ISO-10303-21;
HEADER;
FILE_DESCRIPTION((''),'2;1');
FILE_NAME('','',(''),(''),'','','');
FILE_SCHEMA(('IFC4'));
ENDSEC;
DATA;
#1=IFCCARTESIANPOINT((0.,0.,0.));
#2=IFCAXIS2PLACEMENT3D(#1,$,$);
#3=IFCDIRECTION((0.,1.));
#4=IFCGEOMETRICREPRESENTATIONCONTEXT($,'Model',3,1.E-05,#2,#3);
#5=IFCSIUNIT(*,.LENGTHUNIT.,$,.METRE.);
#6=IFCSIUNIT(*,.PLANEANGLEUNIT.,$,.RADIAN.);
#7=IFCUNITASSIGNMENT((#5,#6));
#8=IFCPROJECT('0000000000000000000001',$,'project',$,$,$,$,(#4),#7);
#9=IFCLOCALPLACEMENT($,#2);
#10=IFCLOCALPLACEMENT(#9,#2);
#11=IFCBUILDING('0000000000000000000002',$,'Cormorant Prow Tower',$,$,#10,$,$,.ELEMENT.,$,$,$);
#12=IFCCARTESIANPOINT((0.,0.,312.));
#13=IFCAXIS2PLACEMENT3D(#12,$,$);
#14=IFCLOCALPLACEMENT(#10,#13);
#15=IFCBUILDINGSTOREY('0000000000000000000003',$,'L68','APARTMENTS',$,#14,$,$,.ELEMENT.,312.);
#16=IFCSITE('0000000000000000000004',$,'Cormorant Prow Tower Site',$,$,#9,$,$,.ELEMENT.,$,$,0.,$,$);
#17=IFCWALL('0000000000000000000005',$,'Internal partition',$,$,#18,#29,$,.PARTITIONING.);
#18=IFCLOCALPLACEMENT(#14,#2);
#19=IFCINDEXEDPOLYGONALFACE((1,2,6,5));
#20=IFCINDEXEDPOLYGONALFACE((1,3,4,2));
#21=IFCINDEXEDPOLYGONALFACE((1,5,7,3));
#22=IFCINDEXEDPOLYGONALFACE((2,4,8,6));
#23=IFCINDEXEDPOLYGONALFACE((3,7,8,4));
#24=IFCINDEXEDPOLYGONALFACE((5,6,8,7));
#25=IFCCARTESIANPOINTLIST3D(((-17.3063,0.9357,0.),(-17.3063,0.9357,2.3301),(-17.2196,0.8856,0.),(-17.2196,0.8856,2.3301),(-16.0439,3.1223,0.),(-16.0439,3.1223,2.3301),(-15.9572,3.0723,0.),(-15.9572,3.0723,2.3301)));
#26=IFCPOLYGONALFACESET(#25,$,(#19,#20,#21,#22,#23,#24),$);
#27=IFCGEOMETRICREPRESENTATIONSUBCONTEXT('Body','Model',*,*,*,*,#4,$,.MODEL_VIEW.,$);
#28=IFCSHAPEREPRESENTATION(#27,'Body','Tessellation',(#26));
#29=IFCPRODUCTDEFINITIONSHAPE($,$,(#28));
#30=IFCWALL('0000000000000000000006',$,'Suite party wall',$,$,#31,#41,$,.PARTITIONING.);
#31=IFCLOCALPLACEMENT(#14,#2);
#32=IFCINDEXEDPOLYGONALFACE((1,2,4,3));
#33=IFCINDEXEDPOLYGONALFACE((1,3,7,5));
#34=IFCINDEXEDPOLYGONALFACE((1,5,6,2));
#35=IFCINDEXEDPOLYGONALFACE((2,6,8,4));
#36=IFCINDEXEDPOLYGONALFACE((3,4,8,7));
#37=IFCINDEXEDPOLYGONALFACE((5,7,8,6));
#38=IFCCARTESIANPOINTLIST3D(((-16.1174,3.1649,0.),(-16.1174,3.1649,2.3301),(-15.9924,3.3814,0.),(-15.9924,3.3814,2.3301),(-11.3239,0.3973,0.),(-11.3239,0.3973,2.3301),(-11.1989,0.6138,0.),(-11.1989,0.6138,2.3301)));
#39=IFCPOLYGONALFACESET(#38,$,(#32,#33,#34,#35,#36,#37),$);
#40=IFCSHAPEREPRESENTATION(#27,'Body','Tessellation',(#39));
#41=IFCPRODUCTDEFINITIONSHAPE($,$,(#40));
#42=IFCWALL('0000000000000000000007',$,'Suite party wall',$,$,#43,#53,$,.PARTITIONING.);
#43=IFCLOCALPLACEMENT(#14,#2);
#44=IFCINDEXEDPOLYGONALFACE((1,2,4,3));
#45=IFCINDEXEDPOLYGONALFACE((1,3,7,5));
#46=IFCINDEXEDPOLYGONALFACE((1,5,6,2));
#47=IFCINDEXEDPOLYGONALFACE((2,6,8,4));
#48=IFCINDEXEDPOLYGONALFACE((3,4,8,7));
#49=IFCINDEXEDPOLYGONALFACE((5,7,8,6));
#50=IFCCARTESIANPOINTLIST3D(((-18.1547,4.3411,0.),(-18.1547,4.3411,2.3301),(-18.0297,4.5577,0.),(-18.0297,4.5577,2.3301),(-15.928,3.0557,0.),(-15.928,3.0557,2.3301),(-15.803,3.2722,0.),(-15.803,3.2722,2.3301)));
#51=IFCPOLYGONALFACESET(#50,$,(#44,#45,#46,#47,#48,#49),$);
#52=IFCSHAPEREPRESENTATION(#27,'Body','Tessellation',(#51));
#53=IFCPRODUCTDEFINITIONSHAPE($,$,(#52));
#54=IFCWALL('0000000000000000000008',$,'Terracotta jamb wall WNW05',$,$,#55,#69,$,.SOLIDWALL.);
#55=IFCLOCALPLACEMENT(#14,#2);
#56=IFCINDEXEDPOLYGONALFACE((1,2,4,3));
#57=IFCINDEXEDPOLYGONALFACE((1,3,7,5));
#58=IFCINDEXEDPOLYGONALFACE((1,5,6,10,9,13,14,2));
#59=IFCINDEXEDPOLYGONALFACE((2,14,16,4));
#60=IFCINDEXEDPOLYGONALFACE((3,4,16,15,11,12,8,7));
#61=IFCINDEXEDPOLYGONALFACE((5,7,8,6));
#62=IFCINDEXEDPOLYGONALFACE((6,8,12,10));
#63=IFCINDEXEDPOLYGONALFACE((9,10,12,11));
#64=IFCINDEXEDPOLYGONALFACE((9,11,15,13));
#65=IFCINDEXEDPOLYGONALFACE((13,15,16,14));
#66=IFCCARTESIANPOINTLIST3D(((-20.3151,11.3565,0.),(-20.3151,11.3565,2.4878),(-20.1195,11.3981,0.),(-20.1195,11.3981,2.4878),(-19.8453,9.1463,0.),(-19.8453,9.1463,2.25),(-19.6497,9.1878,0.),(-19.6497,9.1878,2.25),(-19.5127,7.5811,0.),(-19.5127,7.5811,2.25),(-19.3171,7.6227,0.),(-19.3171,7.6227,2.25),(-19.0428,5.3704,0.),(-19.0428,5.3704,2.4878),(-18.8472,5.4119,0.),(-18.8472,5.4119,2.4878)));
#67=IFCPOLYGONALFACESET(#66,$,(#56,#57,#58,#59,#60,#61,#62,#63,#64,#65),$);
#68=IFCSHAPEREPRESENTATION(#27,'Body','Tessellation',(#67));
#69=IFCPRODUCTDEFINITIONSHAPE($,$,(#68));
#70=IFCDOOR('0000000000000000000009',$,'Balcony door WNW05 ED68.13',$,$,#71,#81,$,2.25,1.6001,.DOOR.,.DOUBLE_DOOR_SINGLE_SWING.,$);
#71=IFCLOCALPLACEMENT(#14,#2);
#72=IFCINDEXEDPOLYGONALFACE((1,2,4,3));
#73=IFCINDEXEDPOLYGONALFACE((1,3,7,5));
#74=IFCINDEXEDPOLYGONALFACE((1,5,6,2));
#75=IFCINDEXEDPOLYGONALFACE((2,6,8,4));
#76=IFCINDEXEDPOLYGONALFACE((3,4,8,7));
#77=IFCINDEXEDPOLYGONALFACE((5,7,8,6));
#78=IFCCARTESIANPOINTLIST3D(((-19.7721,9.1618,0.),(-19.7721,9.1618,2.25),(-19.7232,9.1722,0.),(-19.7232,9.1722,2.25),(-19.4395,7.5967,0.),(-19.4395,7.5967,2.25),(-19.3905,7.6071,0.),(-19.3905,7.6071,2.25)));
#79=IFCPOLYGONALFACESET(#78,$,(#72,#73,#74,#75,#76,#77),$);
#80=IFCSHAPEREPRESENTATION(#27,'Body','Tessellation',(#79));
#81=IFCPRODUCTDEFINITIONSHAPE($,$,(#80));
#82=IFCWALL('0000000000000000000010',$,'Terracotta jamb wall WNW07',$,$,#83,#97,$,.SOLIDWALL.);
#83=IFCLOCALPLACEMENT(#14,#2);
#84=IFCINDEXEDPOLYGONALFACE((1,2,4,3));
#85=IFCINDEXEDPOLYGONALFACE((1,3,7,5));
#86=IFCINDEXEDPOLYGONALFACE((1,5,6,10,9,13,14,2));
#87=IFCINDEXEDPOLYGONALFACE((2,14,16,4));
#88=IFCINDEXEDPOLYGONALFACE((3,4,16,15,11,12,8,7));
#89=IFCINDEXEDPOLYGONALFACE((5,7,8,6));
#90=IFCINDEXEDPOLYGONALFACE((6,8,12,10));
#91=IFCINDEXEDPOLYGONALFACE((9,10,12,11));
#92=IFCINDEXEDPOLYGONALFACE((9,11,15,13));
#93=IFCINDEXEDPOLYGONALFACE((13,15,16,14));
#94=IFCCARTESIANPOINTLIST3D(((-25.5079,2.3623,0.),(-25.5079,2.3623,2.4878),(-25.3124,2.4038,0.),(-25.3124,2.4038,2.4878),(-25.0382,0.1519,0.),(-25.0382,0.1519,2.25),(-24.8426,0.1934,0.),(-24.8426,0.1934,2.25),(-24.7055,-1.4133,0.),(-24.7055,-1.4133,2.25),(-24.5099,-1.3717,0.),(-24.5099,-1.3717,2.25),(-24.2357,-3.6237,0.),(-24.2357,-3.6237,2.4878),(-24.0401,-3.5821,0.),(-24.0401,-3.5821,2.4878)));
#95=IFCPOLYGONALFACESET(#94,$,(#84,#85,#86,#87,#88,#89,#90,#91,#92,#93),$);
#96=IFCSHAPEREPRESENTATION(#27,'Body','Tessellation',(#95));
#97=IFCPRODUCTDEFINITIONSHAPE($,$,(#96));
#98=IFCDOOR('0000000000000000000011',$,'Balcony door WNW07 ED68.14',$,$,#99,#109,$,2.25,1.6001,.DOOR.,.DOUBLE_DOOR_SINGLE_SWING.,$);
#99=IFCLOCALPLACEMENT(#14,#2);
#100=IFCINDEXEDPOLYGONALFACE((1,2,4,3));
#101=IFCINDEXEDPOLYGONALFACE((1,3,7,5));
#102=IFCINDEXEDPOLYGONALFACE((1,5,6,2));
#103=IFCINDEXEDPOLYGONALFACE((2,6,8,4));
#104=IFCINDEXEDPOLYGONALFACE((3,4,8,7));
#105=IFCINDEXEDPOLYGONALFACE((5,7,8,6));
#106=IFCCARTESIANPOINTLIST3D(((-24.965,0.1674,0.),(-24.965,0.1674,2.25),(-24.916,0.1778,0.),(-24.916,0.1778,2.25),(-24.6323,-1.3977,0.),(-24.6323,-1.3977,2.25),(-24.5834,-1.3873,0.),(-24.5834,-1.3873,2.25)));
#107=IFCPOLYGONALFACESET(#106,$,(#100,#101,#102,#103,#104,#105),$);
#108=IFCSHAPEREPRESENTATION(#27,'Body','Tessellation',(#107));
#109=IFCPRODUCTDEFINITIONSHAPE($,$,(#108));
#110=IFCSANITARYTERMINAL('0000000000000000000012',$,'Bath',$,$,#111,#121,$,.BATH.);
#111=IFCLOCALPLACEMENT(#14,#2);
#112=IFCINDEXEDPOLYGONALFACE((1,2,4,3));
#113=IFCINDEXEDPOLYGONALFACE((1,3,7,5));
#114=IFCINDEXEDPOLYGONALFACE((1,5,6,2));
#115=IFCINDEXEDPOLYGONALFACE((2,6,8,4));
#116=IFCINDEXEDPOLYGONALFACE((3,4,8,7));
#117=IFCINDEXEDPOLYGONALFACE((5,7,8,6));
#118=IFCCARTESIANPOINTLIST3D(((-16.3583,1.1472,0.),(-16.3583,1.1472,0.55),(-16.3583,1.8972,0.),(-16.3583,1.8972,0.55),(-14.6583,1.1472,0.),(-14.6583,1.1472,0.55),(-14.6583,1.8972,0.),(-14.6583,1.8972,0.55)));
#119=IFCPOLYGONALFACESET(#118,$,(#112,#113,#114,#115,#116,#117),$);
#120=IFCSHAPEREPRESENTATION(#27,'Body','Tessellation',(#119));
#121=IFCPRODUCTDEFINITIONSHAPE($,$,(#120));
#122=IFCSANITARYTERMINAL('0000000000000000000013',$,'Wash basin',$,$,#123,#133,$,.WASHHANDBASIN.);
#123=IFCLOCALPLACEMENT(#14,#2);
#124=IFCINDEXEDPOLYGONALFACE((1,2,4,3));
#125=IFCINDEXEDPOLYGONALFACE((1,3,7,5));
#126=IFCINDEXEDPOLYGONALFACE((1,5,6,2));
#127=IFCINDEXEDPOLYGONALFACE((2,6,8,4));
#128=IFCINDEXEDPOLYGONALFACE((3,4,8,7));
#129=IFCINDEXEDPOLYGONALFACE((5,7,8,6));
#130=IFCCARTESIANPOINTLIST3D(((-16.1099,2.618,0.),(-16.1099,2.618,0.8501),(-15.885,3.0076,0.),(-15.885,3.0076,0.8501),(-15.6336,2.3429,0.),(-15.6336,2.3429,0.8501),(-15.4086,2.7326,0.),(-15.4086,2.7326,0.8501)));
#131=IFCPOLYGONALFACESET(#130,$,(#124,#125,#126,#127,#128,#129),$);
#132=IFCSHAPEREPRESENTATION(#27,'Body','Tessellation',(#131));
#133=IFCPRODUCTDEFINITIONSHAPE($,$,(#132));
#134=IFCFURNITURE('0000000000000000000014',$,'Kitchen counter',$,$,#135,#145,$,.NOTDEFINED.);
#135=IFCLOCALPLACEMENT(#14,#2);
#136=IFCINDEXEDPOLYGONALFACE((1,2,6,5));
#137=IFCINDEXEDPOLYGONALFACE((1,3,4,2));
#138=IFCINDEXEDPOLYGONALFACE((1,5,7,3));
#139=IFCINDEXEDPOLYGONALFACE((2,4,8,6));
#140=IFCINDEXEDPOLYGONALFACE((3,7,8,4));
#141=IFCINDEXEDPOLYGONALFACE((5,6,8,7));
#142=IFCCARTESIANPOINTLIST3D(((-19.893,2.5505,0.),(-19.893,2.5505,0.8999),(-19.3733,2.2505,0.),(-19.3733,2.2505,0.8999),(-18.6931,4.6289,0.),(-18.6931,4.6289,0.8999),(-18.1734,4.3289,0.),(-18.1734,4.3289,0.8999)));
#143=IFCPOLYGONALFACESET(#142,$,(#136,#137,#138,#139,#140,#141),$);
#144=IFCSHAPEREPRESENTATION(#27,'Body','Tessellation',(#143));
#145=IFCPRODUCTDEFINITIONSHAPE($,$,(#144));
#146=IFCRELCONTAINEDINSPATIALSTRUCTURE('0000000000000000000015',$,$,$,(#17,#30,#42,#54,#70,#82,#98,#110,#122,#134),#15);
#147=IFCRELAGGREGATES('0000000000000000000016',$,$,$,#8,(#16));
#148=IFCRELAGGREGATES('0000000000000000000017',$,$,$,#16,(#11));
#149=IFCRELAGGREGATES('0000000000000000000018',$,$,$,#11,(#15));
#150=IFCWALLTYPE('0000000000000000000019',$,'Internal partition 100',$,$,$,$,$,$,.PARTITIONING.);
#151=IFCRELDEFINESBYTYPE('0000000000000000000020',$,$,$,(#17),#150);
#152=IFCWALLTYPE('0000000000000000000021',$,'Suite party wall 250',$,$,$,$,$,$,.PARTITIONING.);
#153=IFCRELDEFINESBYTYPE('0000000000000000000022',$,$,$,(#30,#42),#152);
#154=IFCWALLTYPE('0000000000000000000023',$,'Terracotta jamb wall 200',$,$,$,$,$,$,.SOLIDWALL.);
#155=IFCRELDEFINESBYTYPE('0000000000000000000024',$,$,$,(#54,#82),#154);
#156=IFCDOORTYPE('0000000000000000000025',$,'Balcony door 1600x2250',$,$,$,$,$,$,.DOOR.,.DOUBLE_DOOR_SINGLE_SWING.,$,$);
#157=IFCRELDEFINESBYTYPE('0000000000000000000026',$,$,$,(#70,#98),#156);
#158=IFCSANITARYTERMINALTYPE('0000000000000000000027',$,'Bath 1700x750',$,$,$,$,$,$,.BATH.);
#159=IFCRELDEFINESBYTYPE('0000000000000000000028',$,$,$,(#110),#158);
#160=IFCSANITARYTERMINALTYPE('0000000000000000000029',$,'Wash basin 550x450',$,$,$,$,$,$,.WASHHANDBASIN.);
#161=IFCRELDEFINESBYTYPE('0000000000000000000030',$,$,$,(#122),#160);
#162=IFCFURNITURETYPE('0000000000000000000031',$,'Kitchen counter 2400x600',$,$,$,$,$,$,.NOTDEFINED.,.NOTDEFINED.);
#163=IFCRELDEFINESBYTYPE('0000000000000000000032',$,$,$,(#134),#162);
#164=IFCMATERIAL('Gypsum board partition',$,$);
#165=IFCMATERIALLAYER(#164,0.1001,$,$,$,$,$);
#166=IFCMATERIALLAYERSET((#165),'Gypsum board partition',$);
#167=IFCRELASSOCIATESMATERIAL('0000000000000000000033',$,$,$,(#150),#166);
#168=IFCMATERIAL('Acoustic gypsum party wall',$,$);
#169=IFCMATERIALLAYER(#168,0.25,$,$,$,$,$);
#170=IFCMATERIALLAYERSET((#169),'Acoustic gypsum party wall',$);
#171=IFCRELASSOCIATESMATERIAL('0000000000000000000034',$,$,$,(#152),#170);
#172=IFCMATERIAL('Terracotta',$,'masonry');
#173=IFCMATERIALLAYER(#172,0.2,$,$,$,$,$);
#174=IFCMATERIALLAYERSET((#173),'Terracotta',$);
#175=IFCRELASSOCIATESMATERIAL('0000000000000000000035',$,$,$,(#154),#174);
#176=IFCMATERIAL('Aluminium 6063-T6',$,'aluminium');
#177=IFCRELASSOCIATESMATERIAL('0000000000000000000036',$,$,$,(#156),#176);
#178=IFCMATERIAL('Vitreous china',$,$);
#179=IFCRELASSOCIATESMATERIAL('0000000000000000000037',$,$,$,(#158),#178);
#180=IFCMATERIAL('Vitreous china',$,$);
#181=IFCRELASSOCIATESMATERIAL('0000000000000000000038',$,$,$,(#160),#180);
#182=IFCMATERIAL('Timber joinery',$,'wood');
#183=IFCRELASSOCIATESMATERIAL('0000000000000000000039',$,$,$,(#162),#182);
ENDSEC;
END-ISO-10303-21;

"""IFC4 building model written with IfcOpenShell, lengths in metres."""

from ifc_helpers import new_model, si_unit, direction, frame, frame_2d, origin, origin_2d, place, context, subcontext, project, spatial, rectangle, extrude, material, layer, layer_set, type_object, element, fill, save


model = new_model("IFC4")

# Units and contexts
model_context = context("Model", 3, precision=1e-05, world=origin(), true_north=direction((0.0, 1.0)))
body_context = subcontext(model_context, "Body", "Model", "MODEL_VIEW")
ifc_project = project(units=[si_unit("LENGTHUNIT", "METRE"), si_unit("PLANEANGLEUNIT", "RADIAN")], contexts=[model_context])

# Site, building, storey
site_placement = place(None, origin())
site = spatial("IfcSite", under=ifc_project, at=site_placement, Name="Cormorant Prow Tower Site", CompositionType="ELEMENT", RefElevation=0.0)
building_placement = place(site_placement, origin())
building = spatial("IfcBuilding", under=site, at=building_placement, Name="Cormorant Prow Tower", CompositionType="ELEMENT")
storey_placement = place(building_placement, frame((0.0, 0.0, 312.0)))
storey = spatial("IfcBuildingStorey", under=building, at=storey_placement, Name="L68", Description="APARTMENTS", CompositionType="ELEMENT", Elevation=312.0)

# Shared definitions
ifc_material_1 = material(Name="Gypsum board partition")
ifc_layer_1 = layer(ifc_material_1, 0.1001)
ifc_layer_set_1 = layer_set([ifc_layer_1], Name="Gypsum board partition")
wall_type_1 = type_object("IfcWallType", Name="Internal partition 100", PredefinedType="PARTITIONING", material=ifc_layer_set_1)

# Walls
for number, where, z_axis, x_axis, name in (
    (1, (-17.2629, 0.9106, 0.0), (0.0, 0.0, 1.0), (0.499976, 0.866039, 0.0), "Internal partition"),
):
    element("IfcWall", number, at=place(storey_placement, frame(where, z_axis=z_axis, x_axis=x_axis)), inside=storey, type_object=wall_type_1, Name=name, PredefinedType="PARTITIONING", context=body_context, shape_type="SweptSolid", body=[
        extrude(rectangle(XDim=2.5249, YDim=0.1001, at=frame_2d((1.2625, 0.0))), origin(), (0.0, 0.0, 1.0), 2.3301),
    ])
ifc_material_2 = material(Name="Acoustic gypsum party wall")
ifc_layer_2 = layer(ifc_material_2, 0.25)
ifc_layer_set_2 = layer_set([ifc_layer_2], Name="Acoustic gypsum party wall")
wall_type_2 = type_object("IfcWallType", Name="Suite party wall 250", PredefinedType="PARTITIONING", material=ifc_layer_set_2)
wall_1_placement = place(storey_placement, frame((-16.0549, 3.2732, 0.0), z_axis=(0.0, 0.0, 1.0), x_axis=(0.86602, -0.50001, 0.0)))
element("IfcWall", 2, at=wall_1_placement, inside=storey, type_object=wall_type_2, Name="Suite party wall", PredefinedType="PARTITIONING", context=body_context, shape_type="SweptSolid", body=[
    extrude(rectangle(XDim=5.5352, YDim=0.25, at=frame_2d((2.7676, 0.0))), origin(), (0.0, 0.0, 1.0), 2.3301),
])
wall_2_placement = place(storey_placement, frame((-18.0923, 4.4495, 0.0), z_axis=(0.0, 0.0, 1.0), x_axis=(0.866043, -0.499969, 0.0)))
element("IfcWall", 3, at=wall_2_placement, inside=storey, type_object=wall_type_2, Name="Suite party wall", PredefinedType="PARTITIONING", context=body_context, shape_type="SweptSolid", body=[
    extrude(rectangle(XDim=2.571, YDim=0.25, at=frame_2d((1.2856, 0.0))), origin(), (0.0, 0.0, 1.0), 2.3301),
])

# Walls, openings, doors
ifc_material_3 = material(Name="Terracotta", Category="masonry")
ifc_layer_3 = layer(ifc_material_3, 0.2)
ifc_layer_set_3 = layer_set([ifc_layer_3], Name="Terracotta")
wall_type_3 = type_object("IfcWallType", Name="Terracotta jamb wall 200", PredefinedType="SOLIDWALL", material=ifc_layer_set_3)
wall_3_placement = place(storey_placement, frame((-20.2173, 11.3774, 0.0), z_axis=(0.0, 0.0, 1.0), x_axis=(0.207886, -0.978153, 0.0)))
wall_3 = element("IfcWall", 4, at=wall_3_placement, inside=storey, type_object=wall_type_3, Name="Terracotta jamb wall WNW05", PredefinedType="SOLIDWALL", context=body_context, shape_type="SweptSolid", body=[
    extrude(rectangle(XDim=6.1199, YDim=0.2, at=frame_2d((3.0601, 0.0))), origin(), (0.0, 0.0, 1.0), 2.4878),
])
opening_1_placement = place(wall_3_placement, frame((2.2598, 0.0, 0.0)))
opening_1 = element("IfcOpeningElement", 5, at=opening_1_placement, cuts=wall_3, PredefinedType="OPENING", context=body_context, shape_type="SweptSolid", body=[
    extrude(rectangle(XDim=1.6001, YDim=2.25, at=frame_2d((0.8, 1.125))), frame((0.0, 0.1099, 0.0), z_axis=(0.0, -1.0, 0.0), x_axis=(1.0, 0.0, 0.0)), (0.0, 0.0, 1.0), 0.22),
])
ifc_material_4 = material(Name="Aluminium 6063-T6", Category="aluminium")
door_type_1 = type_object("IfcDoorType", Name="Balcony door 1600x2250", OperationType="DOUBLE_DOOR_SINGLE_SWING", PredefinedType="DOOR", material=ifc_material_4)
door_1_placement = place(opening_1_placement, origin())
door_1 = element("IfcDoor", 6, at=door_1_placement, inside=storey, type_object=door_type_1, Name="Balcony door WNW05 ED68.13", OperationType="DOUBLE_DOOR_SINGLE_SWING", OverallHeight=2.25, OverallWidth=1.6001, PredefinedType="DOOR", context=body_context, shape_type="SweptSolid", body=[
    extrude(rectangle(XDim=1.6001, YDim=2.25, at=frame_2d((0.8, 1.125))), frame((0.0, 0.0249, 0.0), z_axis=(0.0, -1.0, 0.0), x_axis=(1.0, 0.0, 0.0)), (0.0, 0.0, 1.0), 0.05),
])
fill(opening_1, door_1)
wall_4_placement = place(storey_placement, frame((-25.4102, 2.3831, 0.0), z_axis=(0.0, 0.0, 1.0), x_axis=(0.207894, -0.978151, 0.0)))
wall_4 = element("IfcWall", 7, at=wall_4_placement, inside=storey, type_object=wall_type_3, Name="Terracotta jamb wall WNW07", PredefinedType="SOLIDWALL", context=body_context, shape_type="SweptSolid", body=[
    extrude(rectangle(XDim=6.1196, YDim=0.2, at=frame_2d((3.0598, 0.0))), origin(), (0.0, 0.0, 1.0), 2.4878),
])
opening_2_placement = place(wall_4_placement, frame((2.2598, 0.0, 0.0)))
opening_2 = element("IfcOpeningElement", 8, at=opening_2_placement, cuts=wall_4, PredefinedType="OPENING", context=body_context, shape_type="SweptSolid", body=[
    extrude(rectangle(XDim=1.6001, YDim=2.25, at=frame_2d((0.8, 1.125))), frame((0.0, 0.1099, 0.0), z_axis=(0.0, -1.0, 0.0), x_axis=(1.0, 0.0, 0.0)), (0.0, 0.0, 1.0), 0.22),
])
door_2_placement = place(opening_2_placement, origin())
door_2 = element("IfcDoor", 9, at=door_2_placement, inside=storey, type_object=door_type_1, Name="Balcony door WNW07 ED68.14", OperationType="DOUBLE_DOOR_SINGLE_SWING", OverallHeight=2.25, OverallWidth=1.6001, PredefinedType="DOOR", context=body_context, shape_type="SweptSolid", body=[
    extrude(rectangle(XDim=1.6001, YDim=2.25, at=frame_2d((0.8, 1.125))), frame((0.0, 0.0249, 0.0), z_axis=(0.0, -1.0, 0.0), x_axis=(1.0, 0.0, 0.0)), (0.0, 0.0, 1.0), 0.05),
])
fill(opening_2, door_2)

# Sanitary terminals
ifc_material_5 = material(Name="Vitreous china")
sanitary_terminal_type_1 = type_object("IfcSanitaryTerminalType", Name="Bath 1700x750", PredefinedType="BATH", material=ifc_material_5)
sanitary_terminal_1_placement = place(storey_placement, frame((-15.5083, 1.5222, 0.0), z_axis=(0.0, 0.0, 1.0), x_axis=(1.0, 0.0, 0.0)))
element("IfcSanitaryTerminal", 10, at=sanitary_terminal_1_placement, inside=storey, type_object=sanitary_terminal_type_1, Name="Bath", PredefinedType="BATH", context=body_context, shape_type="SweptSolid", body=[
    extrude(rectangle(XDim=1.7, YDim=0.75, at=origin_2d()), origin(), (0.0, 0.0, 1.0), 0.55),
])
ifc_material_6 = material(Name="Vitreous china")
sanitary_terminal_type_2 = type_object("IfcSanitaryTerminalType", Name="Wash basin 550x450", PredefinedType="WASHHANDBASIN", material=ifc_material_6)
sanitary_terminal_2_placement = place(storey_placement, frame((-15.7593, 2.6753, 0.0), z_axis=(0.0, 0.0, 1.0), x_axis=(0.866025, -0.5, 0.0)))
element("IfcSanitaryTerminal", 11, at=sanitary_terminal_2_placement, inside=storey, type_object=sanitary_terminal_type_2, Name="Wash basin", PredefinedType="WASHHANDBASIN", context=body_context, shape_type="SweptSolid", body=[
    extrude(rectangle(XDim=0.55, YDim=0.45, at=origin_2d()), origin(), (0.0, 0.0, 1.0), 0.8501),
])

# Furniture
ifc_material_7 = material(Name="Timber joinery", Category="wood")
furniture_type = type_object("IfcFurnitureType", Name="Kitchen counter 2400x600", AssemblyPlace="NOTDEFINED", PredefinedType="NOTDEFINED", material=ifc_material_7)
furniture_placement = place(storey_placement, frame((-19.0332, 3.4397, 0.0), z_axis=(0.0, 0.0, 1.0), x_axis=(-0.5, -0.866025, 0.0)))
element("IfcFurniture", 12, at=furniture_placement, inside=storey, type_object=furniture_type, Name="Kitchen counter", PredefinedType="NOTDEFINED", context=body_context, shape_type="SweptSolid", body=[
    extrude(rectangle(XDim=2.3999, YDim=0.6001, at=origin_2d()), origin(), (0.0, 0.0, 1.0), 0.8999),
])

save(model, "model.ifc")
